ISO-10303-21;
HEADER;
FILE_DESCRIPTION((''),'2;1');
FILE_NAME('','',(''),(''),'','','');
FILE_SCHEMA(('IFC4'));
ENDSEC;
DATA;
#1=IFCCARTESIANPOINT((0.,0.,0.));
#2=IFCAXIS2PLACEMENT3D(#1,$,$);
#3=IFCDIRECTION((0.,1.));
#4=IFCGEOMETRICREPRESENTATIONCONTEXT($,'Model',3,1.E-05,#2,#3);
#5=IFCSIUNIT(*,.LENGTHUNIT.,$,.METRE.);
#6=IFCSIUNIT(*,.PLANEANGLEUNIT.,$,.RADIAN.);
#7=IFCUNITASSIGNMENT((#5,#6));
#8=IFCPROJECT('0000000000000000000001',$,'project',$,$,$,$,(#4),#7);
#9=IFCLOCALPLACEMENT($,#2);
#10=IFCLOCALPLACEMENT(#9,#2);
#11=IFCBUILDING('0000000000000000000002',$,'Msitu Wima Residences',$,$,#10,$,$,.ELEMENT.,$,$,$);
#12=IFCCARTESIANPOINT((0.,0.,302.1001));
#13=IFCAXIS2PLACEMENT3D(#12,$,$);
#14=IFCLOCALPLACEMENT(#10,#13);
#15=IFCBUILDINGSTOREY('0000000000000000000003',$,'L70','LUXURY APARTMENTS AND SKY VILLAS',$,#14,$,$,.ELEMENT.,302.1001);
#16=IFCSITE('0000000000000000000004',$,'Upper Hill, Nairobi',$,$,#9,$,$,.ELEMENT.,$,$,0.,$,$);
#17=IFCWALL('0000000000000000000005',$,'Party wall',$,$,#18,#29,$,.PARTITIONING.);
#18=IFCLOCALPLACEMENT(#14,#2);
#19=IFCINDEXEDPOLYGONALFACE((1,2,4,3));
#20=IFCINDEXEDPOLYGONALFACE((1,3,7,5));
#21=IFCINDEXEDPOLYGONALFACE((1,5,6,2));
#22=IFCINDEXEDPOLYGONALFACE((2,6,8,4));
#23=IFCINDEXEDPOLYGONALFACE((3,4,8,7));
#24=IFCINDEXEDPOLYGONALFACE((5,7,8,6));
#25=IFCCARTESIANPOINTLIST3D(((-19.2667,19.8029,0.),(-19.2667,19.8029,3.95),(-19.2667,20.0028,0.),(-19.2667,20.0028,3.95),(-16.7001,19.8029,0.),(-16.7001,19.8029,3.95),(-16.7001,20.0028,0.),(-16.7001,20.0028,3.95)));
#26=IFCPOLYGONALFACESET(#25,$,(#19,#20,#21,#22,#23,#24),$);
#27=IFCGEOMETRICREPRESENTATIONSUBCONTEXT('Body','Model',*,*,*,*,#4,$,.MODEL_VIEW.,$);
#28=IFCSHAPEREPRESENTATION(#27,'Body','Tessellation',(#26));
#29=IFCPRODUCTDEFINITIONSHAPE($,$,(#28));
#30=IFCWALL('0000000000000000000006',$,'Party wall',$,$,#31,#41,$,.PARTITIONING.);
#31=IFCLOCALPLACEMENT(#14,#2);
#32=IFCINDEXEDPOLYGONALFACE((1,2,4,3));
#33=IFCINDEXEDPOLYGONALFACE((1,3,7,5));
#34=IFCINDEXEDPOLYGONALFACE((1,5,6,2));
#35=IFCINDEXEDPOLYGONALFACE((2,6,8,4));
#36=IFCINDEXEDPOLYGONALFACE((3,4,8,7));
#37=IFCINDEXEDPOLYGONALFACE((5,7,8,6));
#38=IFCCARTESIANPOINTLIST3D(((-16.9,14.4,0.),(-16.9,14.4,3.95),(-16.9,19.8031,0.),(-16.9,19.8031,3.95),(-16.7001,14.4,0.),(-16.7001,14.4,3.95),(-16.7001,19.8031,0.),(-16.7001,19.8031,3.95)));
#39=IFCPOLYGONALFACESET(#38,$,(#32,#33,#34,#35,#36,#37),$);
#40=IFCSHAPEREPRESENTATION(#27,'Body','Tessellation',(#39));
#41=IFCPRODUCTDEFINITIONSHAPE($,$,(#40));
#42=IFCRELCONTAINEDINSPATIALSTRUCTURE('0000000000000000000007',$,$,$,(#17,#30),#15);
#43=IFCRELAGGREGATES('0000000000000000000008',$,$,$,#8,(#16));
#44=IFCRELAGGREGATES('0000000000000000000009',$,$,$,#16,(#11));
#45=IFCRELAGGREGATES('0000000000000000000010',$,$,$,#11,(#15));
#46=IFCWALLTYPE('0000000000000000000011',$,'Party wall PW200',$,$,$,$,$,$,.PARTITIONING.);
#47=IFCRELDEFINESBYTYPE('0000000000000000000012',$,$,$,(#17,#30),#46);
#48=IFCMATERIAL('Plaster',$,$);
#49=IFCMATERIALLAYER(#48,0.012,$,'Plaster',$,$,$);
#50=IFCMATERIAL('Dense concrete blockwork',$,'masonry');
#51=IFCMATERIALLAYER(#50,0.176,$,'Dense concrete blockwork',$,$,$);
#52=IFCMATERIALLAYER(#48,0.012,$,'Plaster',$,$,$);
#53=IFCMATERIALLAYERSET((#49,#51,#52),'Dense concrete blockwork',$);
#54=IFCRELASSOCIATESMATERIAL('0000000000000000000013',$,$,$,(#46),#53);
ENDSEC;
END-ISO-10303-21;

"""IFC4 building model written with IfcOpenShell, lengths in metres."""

from ifc_helpers import new_model, si_unit, direction, frame, frame_2d, origin, place, context, subcontext, project, spatial, rectangle, extrude, material, layer, layer_set, type_object, element, save


model = new_model("IFC4")

# Units and contexts
model_context = context("Model", 3, precision=1e-05, world=origin(), true_north=direction((0.0, 1.0)))
body_context = subcontext(model_context, "Body", "Model", "MODEL_VIEW")
ifc_project = project(units=[si_unit("LENGTHUNIT", "METRE"), si_unit("PLANEANGLEUNIT", "RADIAN")], contexts=[model_context])

# Site, building, storey
site_placement = place(None, origin())
site = spatial("IfcSite", under=ifc_project, at=site_placement, Name="Upper Hill, Nairobi", CompositionType="ELEMENT", RefElevation=0.0)
building_placement = place(site_placement, origin())
building = spatial("IfcBuilding", under=site, at=building_placement, Name="Msitu Wima Residences", CompositionType="ELEMENT")
storey_placement = place(building_placement, frame((0.0, 0.0, 302.1001)))
storey = spatial("IfcBuildingStorey", under=building, at=storey_placement, Name="L70", Description="LUXURY APARTMENTS AND SKY VILLAS", CompositionType="ELEMENT", Elevation=302.1001)

# Shared definitions
ifc_material_1 = material(Name="Plaster")

# Walls
ifc_layer_1 = layer(ifc_material_1, 0.012, Name="Plaster")
ifc_material_2 = material(Name="Dense concrete blockwork", Category="masonry")
ifc_layer_2 = layer(ifc_material_2, 0.176, Name="Dense concrete blockwork")
ifc_layer_3 = layer(ifc_material_1, 0.012, Name="Plaster")
ifc_layer_set_1 = layer_set([ifc_layer_1, ifc_layer_2, ifc_layer_3], Name="Dense concrete blockwork")
wall_type_1 = type_object("IfcWallType", Name="Party wall PW200", PredefinedType="PARTITIONING", material=ifc_layer_set_1)
wall_1_placement = place(storey_placement, frame((-19.2666, 19.9028, 0.0), z_axis=(0.0, 0.0, 1.0), x_axis=(1.0, 0.0, 0.0)))
element("IfcWall", 1, at=wall_1_placement, inside=storey, type_object=wall_type_1, Name="Party wall", PredefinedType="PARTITIONING", context=body_context, shape_type="SweptSolid", body=[
    extrude(rectangle(XDim=2.5667, YDim=0.2, at=frame_2d((1.2832, 0.0))), origin(), (0.0, 0.0, 1.0), 3.95),
])
wall_2_placement = place(storey_placement, frame((-16.8, 14.3999, 0.0), z_axis=(0.0, 0.0, 1.0), x_axis=(0.0, 1.0, 0.0)))
element("IfcWall", 2, at=wall_2_placement, inside=storey, type_object=wall_type_1, Name="Party wall", PredefinedType="PARTITIONING", context=body_context, shape_type="SweptSolid", body=[
    extrude(rectangle(XDim=5.4031, YDim=0.2, at=frame_2d((2.7017, 0.0))), origin(), (0.0, 0.0, 1.0), 3.95),
])

save(model, "model.ifc")
